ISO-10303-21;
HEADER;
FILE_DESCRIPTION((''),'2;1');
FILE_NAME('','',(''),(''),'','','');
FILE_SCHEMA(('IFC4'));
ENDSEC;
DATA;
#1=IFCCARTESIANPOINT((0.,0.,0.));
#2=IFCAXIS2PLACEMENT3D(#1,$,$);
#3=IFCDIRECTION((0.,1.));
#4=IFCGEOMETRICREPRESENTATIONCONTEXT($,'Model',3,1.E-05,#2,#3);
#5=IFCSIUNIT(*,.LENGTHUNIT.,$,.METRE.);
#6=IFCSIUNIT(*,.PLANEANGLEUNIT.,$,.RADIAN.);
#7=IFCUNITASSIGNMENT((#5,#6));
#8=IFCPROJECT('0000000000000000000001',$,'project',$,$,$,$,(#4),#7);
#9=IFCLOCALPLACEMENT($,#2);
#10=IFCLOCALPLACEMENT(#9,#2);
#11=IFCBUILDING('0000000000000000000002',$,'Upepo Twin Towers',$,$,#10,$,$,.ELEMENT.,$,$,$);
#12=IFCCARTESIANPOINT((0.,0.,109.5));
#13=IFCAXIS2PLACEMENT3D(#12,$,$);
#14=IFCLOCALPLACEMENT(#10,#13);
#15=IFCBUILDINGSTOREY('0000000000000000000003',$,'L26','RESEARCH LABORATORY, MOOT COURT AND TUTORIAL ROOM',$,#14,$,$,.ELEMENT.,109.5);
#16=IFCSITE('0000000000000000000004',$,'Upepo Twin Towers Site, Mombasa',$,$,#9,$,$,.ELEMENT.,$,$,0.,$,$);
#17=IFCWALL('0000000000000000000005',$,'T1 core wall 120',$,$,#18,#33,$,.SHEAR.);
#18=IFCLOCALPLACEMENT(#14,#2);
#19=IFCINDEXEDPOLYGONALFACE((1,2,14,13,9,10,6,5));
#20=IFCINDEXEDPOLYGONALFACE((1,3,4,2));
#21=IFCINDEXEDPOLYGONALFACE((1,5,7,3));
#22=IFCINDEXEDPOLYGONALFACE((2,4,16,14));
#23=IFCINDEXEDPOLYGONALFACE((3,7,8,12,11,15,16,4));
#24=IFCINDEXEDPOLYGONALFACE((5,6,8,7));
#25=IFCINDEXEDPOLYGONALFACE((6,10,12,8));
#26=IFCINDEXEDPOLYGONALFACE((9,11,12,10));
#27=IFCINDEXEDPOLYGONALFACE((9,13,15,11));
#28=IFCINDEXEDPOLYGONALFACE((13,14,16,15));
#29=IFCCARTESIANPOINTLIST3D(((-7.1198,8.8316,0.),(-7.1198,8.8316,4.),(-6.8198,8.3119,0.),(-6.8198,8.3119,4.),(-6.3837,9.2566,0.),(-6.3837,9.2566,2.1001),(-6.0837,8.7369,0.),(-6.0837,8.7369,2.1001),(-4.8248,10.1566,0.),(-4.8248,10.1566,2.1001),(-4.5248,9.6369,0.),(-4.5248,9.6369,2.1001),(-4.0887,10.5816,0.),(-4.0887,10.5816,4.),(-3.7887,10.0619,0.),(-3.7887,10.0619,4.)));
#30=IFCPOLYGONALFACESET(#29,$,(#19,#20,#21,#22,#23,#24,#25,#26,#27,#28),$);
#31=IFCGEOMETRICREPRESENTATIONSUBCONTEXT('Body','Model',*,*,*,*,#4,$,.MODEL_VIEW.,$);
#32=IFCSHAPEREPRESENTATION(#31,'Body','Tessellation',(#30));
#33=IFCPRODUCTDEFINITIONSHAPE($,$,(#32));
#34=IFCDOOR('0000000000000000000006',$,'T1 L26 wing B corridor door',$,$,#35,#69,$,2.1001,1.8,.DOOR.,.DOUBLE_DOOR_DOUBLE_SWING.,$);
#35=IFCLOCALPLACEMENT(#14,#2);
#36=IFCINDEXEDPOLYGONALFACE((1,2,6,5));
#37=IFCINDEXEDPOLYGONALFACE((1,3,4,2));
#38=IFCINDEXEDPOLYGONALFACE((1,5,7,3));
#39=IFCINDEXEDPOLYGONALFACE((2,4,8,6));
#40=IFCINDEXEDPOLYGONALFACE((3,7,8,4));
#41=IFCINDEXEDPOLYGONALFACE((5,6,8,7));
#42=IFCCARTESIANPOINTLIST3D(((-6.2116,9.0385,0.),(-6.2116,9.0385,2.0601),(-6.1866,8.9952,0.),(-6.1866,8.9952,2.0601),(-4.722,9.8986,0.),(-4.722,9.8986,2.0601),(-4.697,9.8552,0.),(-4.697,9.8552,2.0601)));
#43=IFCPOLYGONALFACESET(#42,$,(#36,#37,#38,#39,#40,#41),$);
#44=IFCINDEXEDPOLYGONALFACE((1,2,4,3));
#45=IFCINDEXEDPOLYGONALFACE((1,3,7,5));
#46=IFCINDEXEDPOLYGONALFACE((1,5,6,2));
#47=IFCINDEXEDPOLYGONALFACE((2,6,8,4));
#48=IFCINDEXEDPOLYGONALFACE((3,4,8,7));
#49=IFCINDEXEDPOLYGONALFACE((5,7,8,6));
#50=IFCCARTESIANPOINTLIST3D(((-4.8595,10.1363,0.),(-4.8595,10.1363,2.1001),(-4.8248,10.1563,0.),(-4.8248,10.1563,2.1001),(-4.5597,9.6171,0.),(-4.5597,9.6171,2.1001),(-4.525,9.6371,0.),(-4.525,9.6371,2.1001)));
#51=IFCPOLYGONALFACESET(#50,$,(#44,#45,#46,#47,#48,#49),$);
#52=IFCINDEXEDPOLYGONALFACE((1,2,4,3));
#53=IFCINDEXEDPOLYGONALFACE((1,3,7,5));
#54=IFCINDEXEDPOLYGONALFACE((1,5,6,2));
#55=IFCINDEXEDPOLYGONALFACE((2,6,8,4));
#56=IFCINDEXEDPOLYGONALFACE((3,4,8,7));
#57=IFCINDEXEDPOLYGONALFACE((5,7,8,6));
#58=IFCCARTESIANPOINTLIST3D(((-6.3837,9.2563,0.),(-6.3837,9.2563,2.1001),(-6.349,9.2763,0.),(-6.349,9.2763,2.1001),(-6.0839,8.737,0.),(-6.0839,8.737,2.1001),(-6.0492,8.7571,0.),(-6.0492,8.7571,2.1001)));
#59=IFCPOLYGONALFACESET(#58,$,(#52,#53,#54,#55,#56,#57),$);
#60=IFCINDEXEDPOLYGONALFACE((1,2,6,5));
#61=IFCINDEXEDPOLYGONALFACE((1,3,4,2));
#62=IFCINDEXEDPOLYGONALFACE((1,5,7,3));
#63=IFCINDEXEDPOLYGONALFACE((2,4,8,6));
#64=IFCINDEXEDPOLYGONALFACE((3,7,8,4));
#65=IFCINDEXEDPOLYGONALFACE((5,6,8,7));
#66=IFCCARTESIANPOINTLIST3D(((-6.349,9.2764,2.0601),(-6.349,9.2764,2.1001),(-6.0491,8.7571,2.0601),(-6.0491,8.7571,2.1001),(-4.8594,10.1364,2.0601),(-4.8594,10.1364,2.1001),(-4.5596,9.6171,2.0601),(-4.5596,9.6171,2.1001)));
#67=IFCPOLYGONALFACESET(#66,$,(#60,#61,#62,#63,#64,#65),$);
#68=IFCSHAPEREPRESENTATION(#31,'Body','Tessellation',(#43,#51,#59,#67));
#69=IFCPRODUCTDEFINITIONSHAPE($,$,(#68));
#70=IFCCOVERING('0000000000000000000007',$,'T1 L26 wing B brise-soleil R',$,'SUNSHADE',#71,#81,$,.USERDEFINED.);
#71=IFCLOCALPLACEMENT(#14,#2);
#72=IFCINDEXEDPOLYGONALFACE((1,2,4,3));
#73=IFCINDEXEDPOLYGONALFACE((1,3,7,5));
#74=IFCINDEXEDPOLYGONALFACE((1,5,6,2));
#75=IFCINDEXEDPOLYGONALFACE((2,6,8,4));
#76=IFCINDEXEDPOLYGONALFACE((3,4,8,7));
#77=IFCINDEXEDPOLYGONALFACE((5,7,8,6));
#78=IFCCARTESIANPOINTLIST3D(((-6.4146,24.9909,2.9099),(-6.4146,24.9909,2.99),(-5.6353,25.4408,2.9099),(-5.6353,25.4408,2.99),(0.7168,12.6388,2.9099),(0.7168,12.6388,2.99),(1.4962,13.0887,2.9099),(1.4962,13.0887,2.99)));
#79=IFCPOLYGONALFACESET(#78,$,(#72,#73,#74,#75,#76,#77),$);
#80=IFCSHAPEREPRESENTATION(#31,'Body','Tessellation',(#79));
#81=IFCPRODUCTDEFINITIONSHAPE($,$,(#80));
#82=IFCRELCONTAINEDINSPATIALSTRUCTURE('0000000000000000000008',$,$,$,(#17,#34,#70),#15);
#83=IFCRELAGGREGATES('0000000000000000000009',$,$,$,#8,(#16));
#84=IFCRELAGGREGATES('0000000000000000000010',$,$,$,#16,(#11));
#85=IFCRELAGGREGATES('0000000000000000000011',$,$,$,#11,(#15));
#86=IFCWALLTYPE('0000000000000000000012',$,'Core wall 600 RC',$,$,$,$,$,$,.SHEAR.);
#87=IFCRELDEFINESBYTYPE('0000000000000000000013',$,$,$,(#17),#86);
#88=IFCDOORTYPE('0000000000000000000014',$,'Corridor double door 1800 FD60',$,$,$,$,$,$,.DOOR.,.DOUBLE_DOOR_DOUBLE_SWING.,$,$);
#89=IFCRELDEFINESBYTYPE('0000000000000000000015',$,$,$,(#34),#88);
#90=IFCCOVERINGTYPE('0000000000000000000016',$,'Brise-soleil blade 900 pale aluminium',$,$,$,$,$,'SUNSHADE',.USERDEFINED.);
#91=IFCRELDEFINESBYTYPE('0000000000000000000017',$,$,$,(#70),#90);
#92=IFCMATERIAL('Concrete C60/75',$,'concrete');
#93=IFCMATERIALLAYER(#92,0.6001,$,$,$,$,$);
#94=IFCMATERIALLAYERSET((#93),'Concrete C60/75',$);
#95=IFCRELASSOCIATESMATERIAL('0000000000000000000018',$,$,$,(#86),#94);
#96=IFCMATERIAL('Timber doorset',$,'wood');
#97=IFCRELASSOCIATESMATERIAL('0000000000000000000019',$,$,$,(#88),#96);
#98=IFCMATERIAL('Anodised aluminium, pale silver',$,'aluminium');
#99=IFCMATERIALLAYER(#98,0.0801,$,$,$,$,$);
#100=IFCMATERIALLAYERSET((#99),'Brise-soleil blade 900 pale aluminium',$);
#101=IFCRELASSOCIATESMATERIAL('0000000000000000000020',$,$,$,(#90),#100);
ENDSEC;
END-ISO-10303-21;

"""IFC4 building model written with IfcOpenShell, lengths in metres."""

from ifc_helpers import new_model, si_unit, direction, frame, frame_2d, origin, origin_2d, place, context, subcontext, project, spatial, rectangle, extrude, material, layer, layer_set, type_object, element, fill, save


model = new_model("IFC4")

# Units and contexts
model_context = context("Model", 3, precision=1e-05, world=origin(), true_north=direction((0.0, 1.0)))
body_context = subcontext(model_context, "Body", "Model", "MODEL_VIEW")
ifc_project = project(units=[si_unit("LENGTHUNIT", "METRE"), si_unit("PLANEANGLEUNIT", "RADIAN")], contexts=[model_context])

# Site, building, storey
site_placement = place(None, origin())
site = spatial("IfcSite", under=ifc_project, at=site_placement, Name="Upepo Twin Towers Site, Mombasa", CompositionType="ELEMENT", RefElevation=0.0)
building_placement = place(site_placement, origin())
building = spatial("IfcBuilding", under=site, at=building_placement, Name="Upepo Twin Towers", CompositionType="ELEMENT")
storey_placement = place(building_placement, frame((0.0, 0.0, 109.5)))
storey = spatial("IfcBuildingStorey", under=building, at=storey_placement, Name="L26", Description="RESEARCH LABORATORY, MOOT COURT AND TUTORIAL ROOM", CompositionType="ELEMENT", Elevation=109.5)

# Shared definitions
ifc_material_1 = material(Name="Concrete C60/75", Category="concrete")
ifc_layer_1 = layer(ifc_material_1, 0.6001)
ifc_layer_set_1 = layer_set([ifc_layer_1], Name="Concrete C60/75")
wall_type_1 = type_object("IfcWallType", Name="Core wall 600 RC", PredefinedType="SHEAR", material=ifc_layer_set_1)

# Wall, opening, door
wall_1_placement = place(storey_placement, frame((-3.9387, 10.3218, 0.0), z_axis=(0.0, 0.0, 1.0), x_axis=(-0.866019, -0.50001, 0.0)))
wall_1 = element("IfcWall", 1, at=wall_1_placement, inside=storey, type_object=wall_type_1, Name="T1 core wall 120", PredefinedType="SHEAR", context=body_context, shape_type="SweptSolid", body=[
    extrude(rectangle(XDim=3.5, YDim=0.6001, at=frame_2d((1.75, 0.0))), origin(), (0.0, 0.0, 1.0), 4.0),
])
opening_placement = place(wall_1_placement, frame((0.8501, 0.0, 0.0)))
opening = element("IfcOpeningElement", 2, at=opening_placement, cuts=wall_1, PredefinedType="OPENING", context=body_context, shape_type="SweptSolid", body=[
    extrude(rectangle(XDim=1.8, YDim=2.1001, at=frame_2d((0.8999, 1.05))), frame((0.0, 0.3101, 0.0), z_axis=(0.0, -1.0, 0.0), x_axis=(1.0, 0.0, 0.0)), (0.0, 0.0, 1.0), 0.6201),
])
ifc_material_2 = material(Name="Timber doorset", Category="wood")
door_type = type_object("IfcDoorType", Name="Corridor double door 1800 FD60", OperationType="DOUBLE_DOOR_DOUBLE_SWING", PredefinedType="DOOR", material=ifc_material_2)
door_placement = place(opening_placement, origin())
door = element("IfcDoor", 3, at=door_placement, inside=storey, type_object=door_type, Name="T1 L26 wing B corridor door", OperationType="DOUBLE_DOOR_DOUBLE_SWING", OverallHeight=2.1001, OverallWidth=1.8, PredefinedType="DOOR", context=body_context, shape_type="SweptSolid", body=[
    extrude(rectangle(XDim=1.72, YDim=2.0601, at=frame_2d((0.8999, 1.03))), frame((0.0, 0.0249, 0.0), z_axis=(0.0, -1.0, 0.0), x_axis=(1.0, 0.0, 0.0)), (0.0, 0.0, 1.0), 0.05),
    extrude(rectangle(XDim=0.04, YDim=2.1001, at=frame_2d((0.02, 1.05))), frame((0.0, 0.2998, 0.0), z_axis=(0.0, -1.0, 0.0), x_axis=(1.0, 0.0, 0.0)), (0.0, 0.0, 1.0), 0.5996),
    extrude(rectangle(XDim=0.04, YDim=2.1001, at=frame_2d((1.78, 1.05))), frame((0.0, 0.2998, 0.0), z_axis=(0.0, -1.0, 0.0), x_axis=(1.0, 0.0, 0.0)), (0.0, 0.0, 1.0), 0.5996),
    extrude(rectangle(XDim=1.72, YDim=0.04, at=frame_2d((0.8999, 2.0801))), frame((0.0, 0.2998, 0.0), z_axis=(0.0, -1.0, 0.0), x_axis=(1.0, 0.0, 0.0)), (0.0, 0.0, 1.0), 0.5996),
])
fill(opening, door)

# Covering
ifc_material_3 = material(Name="Anodised aluminium, pale silver", Category="aluminium")
ifc_layer_2 = layer(ifc_material_3, 0.0801)
ifc_layer_set_2 = layer_set([ifc_layer_2], Name="Brise-soleil blade 900 pale aluminium")
covering_type = type_object("IfcCoveringType", Name="Brise-soleil blade 900 pale aluminium", ElementType="SUNSHADE", PredefinedType="USERDEFINED", material=ifc_layer_set_2)
covering_placement = place(storey_placement, frame((-2.4592, 19.0398, 2.9099), z_axis=(0.0, 0.0, 1.0), x_axis=(-0.5, 0.866025, 0.0)))
element("IfcCovering", 4, at=covering_placement, inside=storey, type_object=covering_type, Name="T1 L26 wing B brise-soleil R", ObjectType="SUNSHADE", PredefinedType="USERDEFINED", context=body_context, shape_type="SweptSolid", body=[
    extrude(rectangle(XDim=14.2629, YDim=0.8999, at=origin_2d()), origin(), (0.0, 0.0, 1.0), 0.0801),
])

save(model, "model.ifc")
